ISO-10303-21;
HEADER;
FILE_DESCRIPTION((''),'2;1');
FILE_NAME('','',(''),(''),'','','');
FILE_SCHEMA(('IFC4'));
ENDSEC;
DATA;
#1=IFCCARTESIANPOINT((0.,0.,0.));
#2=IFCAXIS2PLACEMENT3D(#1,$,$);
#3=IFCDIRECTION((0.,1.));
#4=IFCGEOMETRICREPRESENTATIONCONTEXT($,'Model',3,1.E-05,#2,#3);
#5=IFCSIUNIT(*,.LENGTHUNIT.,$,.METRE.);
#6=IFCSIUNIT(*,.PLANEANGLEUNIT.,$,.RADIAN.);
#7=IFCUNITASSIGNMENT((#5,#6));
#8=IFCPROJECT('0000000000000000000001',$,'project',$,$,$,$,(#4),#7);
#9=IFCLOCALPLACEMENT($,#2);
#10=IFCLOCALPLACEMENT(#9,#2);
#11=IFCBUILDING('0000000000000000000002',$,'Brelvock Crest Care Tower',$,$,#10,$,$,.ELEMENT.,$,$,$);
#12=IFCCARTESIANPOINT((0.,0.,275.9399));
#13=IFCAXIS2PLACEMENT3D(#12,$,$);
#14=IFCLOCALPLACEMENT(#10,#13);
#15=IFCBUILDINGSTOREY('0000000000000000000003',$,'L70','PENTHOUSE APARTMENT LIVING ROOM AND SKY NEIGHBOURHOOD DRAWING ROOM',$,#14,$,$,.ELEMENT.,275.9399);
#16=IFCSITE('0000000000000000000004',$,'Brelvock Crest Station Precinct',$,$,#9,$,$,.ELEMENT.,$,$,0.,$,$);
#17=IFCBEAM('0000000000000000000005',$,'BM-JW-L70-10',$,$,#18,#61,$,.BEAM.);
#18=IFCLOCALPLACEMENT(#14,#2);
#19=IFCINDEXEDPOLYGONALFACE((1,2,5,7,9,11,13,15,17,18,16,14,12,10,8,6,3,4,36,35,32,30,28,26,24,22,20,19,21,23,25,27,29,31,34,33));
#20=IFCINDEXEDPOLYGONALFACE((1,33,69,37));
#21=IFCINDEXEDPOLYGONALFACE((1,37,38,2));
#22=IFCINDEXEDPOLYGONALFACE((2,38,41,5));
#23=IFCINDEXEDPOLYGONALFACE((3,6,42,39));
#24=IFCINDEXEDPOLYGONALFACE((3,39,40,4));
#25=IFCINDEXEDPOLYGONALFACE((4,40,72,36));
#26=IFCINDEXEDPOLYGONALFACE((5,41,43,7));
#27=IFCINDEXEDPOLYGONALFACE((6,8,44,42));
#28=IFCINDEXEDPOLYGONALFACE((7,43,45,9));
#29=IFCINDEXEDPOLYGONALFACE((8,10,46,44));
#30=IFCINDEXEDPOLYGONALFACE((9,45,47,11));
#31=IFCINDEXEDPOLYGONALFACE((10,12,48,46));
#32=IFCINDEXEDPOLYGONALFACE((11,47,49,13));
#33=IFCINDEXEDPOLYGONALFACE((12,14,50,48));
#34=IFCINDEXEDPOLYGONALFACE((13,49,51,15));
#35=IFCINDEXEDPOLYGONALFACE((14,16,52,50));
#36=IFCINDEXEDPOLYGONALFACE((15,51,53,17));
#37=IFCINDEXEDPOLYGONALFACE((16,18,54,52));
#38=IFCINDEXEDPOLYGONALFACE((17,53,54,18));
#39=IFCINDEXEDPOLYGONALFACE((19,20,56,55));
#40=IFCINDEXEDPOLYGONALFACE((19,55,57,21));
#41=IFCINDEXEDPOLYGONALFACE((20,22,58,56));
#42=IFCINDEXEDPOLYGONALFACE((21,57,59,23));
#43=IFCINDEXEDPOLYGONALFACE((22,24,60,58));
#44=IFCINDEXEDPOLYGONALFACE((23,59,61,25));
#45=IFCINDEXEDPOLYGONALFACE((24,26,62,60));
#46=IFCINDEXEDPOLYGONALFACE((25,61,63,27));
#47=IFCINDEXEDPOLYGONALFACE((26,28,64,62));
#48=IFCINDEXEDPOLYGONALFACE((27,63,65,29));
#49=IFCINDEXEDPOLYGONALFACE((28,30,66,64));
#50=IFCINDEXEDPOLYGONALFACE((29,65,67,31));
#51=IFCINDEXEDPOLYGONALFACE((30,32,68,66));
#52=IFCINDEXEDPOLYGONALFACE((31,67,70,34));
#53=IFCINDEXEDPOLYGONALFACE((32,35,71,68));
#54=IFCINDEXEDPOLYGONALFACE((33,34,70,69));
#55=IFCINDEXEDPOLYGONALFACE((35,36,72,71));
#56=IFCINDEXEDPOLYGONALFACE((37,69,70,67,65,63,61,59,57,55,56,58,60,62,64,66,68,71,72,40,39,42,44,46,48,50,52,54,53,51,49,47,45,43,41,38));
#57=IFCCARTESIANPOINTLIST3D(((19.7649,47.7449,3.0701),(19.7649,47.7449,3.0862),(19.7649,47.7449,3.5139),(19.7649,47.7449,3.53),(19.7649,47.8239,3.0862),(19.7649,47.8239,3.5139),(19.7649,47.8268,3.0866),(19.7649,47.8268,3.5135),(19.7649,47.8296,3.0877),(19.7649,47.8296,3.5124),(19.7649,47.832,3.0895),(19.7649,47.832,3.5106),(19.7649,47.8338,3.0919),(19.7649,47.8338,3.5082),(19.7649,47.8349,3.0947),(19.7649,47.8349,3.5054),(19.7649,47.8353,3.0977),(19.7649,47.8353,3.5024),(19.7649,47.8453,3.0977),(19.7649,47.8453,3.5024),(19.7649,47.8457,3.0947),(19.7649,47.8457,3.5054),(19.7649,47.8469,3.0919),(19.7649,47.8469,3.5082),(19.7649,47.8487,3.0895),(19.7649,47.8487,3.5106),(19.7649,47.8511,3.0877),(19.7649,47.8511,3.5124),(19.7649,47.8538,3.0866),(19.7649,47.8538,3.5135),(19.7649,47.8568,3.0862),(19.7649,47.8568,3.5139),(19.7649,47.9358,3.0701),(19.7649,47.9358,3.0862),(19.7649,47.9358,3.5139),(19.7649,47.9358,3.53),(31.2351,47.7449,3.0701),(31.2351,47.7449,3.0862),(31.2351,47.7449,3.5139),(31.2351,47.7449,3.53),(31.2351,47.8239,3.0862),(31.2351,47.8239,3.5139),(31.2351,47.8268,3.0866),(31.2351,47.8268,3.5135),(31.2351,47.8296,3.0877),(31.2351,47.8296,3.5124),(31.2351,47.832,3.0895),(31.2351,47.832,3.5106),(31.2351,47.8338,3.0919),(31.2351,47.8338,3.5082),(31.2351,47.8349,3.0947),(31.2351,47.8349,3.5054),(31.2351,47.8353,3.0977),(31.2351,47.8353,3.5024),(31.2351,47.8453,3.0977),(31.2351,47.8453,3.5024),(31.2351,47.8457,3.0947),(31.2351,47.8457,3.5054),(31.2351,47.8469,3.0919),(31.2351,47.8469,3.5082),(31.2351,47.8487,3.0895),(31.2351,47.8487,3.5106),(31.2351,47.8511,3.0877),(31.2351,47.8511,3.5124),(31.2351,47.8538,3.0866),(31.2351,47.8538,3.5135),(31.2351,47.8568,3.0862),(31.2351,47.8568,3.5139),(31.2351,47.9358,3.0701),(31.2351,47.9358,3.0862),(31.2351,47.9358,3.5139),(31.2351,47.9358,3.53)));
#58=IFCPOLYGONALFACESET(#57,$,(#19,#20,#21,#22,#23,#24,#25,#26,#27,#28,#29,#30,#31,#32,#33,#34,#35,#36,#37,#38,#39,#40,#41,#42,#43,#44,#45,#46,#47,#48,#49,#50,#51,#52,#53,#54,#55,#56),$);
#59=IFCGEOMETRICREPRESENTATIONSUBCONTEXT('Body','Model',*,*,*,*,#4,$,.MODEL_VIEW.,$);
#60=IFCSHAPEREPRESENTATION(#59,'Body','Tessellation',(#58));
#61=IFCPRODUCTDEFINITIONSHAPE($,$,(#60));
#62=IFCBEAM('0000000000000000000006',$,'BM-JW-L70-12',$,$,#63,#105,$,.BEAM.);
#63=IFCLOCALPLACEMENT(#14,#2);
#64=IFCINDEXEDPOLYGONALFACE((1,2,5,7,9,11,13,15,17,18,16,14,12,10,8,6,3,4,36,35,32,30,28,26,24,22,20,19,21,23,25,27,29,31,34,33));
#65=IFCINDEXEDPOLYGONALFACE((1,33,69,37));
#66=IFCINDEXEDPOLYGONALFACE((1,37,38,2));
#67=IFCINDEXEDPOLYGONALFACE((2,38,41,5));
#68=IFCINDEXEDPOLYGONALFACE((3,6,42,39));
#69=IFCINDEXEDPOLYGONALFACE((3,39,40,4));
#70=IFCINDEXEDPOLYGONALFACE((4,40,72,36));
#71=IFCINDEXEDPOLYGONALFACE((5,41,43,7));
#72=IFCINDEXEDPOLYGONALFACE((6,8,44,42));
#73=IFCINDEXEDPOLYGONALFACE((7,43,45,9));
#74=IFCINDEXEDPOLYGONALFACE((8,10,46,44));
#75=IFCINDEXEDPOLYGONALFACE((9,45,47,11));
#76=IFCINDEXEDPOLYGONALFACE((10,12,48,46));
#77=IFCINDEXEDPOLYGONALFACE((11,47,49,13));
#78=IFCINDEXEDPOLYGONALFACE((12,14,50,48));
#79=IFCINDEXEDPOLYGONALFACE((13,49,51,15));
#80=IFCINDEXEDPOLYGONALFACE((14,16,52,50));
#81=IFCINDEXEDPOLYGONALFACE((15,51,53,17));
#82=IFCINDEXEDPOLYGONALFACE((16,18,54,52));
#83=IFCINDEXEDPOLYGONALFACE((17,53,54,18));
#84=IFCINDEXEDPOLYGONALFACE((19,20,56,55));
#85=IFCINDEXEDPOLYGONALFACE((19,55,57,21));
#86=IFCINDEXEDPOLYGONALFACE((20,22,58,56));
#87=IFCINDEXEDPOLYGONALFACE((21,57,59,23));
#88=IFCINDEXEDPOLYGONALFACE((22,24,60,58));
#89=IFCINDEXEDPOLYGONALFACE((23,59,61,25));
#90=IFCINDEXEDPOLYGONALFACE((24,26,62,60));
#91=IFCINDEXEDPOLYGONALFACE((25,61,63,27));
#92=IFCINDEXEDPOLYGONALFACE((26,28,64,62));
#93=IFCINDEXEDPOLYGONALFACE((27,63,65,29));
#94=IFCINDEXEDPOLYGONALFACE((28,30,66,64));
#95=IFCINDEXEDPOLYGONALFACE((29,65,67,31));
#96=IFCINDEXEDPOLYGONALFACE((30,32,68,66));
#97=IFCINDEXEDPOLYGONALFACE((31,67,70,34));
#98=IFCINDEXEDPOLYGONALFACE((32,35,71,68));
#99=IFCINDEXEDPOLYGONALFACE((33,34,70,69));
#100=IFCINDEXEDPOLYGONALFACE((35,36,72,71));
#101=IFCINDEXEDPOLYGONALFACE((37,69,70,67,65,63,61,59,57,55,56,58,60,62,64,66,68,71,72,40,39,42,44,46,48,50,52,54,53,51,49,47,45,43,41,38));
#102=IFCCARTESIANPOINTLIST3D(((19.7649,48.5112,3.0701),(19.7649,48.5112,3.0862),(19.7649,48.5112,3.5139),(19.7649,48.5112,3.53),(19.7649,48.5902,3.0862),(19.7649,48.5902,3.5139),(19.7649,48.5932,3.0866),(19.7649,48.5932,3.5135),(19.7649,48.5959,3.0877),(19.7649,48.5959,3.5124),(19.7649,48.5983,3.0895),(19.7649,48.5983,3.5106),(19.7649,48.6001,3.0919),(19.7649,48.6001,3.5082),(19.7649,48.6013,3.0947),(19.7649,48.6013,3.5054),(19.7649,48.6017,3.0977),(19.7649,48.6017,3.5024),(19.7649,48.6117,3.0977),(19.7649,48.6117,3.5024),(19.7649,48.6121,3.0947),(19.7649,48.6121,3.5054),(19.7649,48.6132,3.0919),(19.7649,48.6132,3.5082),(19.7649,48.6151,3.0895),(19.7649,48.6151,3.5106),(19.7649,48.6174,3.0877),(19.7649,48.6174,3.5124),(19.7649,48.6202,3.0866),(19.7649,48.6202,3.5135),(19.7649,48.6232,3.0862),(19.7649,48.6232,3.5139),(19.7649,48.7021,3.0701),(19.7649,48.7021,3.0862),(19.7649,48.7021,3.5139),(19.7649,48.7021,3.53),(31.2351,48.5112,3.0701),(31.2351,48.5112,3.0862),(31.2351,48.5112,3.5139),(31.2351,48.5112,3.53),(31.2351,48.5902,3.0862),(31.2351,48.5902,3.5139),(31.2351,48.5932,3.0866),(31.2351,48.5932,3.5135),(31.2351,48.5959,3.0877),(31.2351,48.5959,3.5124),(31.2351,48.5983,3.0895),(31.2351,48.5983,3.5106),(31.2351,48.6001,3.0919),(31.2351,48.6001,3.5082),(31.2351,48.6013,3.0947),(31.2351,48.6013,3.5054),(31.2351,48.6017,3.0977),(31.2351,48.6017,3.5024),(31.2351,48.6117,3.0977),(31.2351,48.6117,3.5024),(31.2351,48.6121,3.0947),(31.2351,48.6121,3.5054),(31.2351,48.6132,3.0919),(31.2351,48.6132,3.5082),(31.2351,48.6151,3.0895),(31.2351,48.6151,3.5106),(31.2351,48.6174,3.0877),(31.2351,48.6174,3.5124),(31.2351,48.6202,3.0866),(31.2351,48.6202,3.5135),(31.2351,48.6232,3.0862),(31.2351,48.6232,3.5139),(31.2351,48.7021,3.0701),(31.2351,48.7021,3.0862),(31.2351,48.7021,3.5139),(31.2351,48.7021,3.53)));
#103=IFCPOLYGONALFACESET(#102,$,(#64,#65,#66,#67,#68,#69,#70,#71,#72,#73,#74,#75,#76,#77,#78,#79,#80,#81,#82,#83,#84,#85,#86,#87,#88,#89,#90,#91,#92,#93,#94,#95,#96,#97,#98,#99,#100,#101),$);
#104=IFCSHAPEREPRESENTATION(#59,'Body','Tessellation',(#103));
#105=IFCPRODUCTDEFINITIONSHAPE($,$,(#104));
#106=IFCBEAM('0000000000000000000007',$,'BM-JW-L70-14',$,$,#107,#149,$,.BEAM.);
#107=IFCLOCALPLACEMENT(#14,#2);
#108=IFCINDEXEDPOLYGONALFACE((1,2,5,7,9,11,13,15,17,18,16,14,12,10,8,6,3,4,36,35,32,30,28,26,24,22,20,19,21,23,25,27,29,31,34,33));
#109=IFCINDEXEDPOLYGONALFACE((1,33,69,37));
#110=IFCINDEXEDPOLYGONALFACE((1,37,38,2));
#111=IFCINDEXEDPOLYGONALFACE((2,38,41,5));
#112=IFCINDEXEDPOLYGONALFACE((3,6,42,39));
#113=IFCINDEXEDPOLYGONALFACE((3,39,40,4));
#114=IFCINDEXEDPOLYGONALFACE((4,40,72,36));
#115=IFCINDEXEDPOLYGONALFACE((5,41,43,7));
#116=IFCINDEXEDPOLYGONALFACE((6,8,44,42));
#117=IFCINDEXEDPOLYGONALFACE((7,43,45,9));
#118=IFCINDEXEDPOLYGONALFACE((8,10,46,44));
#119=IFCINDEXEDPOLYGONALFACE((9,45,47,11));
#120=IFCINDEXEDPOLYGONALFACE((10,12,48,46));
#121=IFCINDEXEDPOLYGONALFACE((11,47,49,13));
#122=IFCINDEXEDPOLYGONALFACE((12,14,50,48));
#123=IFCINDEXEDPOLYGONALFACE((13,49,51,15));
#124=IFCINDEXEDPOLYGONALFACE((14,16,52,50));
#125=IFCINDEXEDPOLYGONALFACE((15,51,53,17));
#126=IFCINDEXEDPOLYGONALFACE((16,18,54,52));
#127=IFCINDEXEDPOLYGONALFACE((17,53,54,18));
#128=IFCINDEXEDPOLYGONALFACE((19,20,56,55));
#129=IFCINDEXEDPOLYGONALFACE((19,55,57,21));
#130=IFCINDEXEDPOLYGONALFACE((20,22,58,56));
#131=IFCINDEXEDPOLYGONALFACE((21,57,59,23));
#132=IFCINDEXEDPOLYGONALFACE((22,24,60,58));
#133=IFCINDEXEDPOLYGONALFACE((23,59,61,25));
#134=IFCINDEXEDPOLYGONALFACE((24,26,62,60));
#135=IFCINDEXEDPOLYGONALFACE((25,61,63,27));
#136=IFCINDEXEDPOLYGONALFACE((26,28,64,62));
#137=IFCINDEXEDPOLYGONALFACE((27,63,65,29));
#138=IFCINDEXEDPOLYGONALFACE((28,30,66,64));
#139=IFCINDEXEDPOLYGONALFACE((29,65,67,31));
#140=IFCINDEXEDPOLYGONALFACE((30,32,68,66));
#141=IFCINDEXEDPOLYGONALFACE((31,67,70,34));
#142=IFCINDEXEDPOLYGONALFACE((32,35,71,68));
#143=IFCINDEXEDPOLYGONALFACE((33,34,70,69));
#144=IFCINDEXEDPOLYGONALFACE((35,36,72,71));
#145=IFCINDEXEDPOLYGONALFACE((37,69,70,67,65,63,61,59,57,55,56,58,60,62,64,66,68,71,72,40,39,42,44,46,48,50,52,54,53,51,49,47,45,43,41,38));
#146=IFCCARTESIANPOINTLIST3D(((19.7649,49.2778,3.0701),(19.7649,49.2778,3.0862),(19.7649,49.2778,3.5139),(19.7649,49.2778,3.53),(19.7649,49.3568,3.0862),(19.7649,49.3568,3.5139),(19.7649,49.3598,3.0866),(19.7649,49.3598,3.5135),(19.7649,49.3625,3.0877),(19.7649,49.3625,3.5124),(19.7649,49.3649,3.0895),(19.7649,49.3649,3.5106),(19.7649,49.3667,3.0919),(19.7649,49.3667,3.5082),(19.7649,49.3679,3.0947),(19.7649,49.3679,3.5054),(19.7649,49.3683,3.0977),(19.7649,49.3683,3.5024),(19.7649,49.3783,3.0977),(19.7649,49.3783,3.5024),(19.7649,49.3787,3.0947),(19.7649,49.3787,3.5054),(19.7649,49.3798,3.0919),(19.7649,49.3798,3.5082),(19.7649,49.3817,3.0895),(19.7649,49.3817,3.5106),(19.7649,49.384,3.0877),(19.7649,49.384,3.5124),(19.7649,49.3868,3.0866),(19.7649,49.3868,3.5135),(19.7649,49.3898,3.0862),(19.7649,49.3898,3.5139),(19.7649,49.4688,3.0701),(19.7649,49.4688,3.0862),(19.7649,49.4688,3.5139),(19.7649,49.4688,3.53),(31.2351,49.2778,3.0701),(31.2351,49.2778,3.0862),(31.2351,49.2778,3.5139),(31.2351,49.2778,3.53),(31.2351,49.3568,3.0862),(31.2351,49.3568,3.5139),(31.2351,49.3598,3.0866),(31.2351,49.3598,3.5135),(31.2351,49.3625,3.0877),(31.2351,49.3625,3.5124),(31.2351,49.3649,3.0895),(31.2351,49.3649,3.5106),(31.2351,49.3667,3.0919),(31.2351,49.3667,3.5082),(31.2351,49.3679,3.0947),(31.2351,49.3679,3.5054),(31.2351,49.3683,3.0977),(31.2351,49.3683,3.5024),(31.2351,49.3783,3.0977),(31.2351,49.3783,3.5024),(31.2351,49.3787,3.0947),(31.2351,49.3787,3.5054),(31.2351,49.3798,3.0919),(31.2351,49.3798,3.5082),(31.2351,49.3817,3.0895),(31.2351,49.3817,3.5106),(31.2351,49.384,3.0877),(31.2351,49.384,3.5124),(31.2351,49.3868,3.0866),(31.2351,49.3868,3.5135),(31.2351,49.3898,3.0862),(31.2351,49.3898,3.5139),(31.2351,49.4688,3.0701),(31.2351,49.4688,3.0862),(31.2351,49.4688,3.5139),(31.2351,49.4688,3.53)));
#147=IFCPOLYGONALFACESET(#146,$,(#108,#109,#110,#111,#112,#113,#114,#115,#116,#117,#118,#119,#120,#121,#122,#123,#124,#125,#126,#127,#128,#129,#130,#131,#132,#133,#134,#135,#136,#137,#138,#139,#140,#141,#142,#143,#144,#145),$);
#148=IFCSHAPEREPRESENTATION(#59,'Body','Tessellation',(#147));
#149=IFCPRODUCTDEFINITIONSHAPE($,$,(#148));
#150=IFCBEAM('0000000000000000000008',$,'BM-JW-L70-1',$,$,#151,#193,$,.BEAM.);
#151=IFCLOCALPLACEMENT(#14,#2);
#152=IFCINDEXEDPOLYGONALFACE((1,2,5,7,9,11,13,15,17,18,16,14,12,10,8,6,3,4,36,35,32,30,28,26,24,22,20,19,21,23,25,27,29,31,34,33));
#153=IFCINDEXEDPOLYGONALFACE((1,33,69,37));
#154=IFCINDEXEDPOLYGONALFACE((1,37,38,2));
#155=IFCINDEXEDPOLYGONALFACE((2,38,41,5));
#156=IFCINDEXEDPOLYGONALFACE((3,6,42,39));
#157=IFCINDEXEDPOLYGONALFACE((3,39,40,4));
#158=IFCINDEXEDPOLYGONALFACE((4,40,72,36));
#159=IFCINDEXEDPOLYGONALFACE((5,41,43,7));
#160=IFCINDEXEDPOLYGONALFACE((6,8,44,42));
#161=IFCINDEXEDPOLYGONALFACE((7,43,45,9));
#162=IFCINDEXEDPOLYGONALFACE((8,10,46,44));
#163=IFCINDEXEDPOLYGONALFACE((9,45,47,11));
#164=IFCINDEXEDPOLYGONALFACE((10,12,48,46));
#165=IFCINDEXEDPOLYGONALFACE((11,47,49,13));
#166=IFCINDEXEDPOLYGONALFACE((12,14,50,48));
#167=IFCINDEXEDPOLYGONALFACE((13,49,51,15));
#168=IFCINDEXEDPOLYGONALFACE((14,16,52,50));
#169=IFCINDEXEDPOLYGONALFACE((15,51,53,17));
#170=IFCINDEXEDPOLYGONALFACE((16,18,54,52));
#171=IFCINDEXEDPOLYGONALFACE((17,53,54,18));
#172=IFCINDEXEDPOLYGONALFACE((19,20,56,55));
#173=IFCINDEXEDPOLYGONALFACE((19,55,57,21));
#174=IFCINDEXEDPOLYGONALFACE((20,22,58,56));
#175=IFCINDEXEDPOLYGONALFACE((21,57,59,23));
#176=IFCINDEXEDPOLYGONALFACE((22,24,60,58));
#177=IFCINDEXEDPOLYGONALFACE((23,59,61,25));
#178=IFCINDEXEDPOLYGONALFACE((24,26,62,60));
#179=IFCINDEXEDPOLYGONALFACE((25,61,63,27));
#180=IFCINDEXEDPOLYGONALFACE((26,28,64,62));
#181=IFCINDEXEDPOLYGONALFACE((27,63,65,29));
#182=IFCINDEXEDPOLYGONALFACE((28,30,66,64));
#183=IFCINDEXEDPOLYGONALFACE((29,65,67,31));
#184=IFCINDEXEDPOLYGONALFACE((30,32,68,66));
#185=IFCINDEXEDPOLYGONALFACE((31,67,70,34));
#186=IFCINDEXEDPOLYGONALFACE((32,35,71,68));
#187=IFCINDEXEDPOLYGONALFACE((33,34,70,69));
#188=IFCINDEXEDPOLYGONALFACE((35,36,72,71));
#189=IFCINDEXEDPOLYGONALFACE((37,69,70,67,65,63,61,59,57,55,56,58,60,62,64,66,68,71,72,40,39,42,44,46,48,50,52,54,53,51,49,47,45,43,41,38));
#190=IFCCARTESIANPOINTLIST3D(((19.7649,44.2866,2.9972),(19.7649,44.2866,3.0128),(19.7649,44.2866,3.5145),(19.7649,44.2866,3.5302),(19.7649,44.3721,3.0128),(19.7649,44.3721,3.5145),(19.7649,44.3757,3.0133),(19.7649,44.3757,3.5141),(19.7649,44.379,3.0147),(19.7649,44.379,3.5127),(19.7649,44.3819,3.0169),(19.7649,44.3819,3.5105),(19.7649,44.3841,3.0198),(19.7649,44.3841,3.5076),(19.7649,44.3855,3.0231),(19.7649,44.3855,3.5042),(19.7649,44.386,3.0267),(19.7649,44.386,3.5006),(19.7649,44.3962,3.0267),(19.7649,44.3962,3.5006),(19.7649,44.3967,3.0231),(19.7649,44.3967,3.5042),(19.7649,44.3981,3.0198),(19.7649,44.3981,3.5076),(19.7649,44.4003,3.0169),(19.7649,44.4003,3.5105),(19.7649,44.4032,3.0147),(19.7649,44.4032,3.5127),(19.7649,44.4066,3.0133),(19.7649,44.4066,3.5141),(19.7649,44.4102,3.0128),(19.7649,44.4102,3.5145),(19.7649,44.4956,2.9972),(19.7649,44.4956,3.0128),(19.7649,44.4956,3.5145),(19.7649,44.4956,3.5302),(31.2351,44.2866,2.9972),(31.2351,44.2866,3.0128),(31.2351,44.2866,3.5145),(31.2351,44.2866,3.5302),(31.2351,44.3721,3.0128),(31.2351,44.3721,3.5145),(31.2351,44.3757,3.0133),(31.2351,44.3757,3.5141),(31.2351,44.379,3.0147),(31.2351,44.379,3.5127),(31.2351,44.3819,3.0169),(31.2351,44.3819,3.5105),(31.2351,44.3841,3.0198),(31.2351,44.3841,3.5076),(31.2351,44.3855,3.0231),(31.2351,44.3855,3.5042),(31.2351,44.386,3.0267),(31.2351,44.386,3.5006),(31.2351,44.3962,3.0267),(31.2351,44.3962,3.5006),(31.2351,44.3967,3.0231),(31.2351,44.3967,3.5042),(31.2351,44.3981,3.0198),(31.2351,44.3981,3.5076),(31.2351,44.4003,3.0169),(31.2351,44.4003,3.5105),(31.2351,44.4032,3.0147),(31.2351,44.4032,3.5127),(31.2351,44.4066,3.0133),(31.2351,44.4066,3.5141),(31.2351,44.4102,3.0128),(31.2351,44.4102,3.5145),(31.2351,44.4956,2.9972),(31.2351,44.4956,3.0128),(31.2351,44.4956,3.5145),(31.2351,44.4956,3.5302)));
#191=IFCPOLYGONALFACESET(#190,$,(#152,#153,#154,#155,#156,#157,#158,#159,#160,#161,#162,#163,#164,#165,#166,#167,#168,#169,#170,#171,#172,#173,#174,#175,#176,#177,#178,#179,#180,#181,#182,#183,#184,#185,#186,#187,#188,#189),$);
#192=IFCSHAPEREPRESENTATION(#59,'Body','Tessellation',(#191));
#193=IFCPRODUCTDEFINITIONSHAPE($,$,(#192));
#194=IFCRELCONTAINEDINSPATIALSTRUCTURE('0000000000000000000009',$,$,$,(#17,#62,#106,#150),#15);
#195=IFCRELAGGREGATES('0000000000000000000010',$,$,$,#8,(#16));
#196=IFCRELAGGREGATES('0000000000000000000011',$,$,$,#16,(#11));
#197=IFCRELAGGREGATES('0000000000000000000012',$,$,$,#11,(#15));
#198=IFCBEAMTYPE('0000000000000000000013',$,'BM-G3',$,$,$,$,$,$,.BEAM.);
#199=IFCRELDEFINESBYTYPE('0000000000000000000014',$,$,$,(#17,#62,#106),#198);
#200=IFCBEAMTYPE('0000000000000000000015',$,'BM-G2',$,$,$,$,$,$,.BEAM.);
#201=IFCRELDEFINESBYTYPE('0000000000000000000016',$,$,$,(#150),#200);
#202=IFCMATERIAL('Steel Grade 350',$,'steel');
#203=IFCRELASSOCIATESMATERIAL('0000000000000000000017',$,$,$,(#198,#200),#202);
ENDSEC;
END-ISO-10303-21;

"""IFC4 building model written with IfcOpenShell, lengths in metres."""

from ifc_helpers import new_model, si_unit, direction, frame, origin, origin_2d, place, context, subcontext, project, spatial, i_section, extrude, source, transform, mapped, material, material_profile, profile_set, type_object, element, save


model = new_model("IFC4")

# Units and contexts
model_context = context("Model", 3, precision=1e-05, world=origin(), true_north=direction((0.0, 1.0)))
body_context = subcontext(model_context, "Body", "Model", "MODEL_VIEW")
ifc_project = project(units=[si_unit("LENGTHUNIT", "METRE"), si_unit("PLANEANGLEUNIT", "RADIAN")], contexts=[model_context])

# Site, building, storey
site_placement = place(None, origin())
site = spatial("IfcSite", under=ifc_project, at=site_placement, Name="Brelvock Crest Station Precinct", CompositionType="ELEMENT", RefElevation=0.0)
building_placement = place(site_placement, origin())
building = spatial("IfcBuilding", under=site, at=building_placement, Name="Brelvock Crest Care Tower", CompositionType="ELEMENT")
storey_placement = place(building_placement, frame((0.0, 0.0, 275.9399)))
storey = spatial("IfcBuildingStorey", under=building, at=storey_placement, Name="L70", Description="PENTHOUSE APARTMENT LIVING ROOM AND SKY NEIGHBOURHOOD DRAWING ROOM", CompositionType="ELEMENT", Elevation=275.9399)

# Beams
ifc_material_1 = material(Name="Steel Grade 350", Category="steel")
ifc_material_profile_1 = material_profile(ifc_material_1, i_section(OverallWidth=0.1909, OverallDepth=0.46, WebThickness=0.01, FlangeThickness=0.0161, FilletRadius=0.0115, at=origin_2d()), Name="460UB82.1")
ifc_profile_set_1 = profile_set([ifc_material_profile_1], Name="Steel Grade 350")
beam_type_1 = type_object("IfcBeamType", Name="BM-G3", PredefinedType="BEAM", material=ifc_profile_set_1)
shared_shape_1 = source(origin(), body_context, "Body", "SweptSolid", [
    extrude(i_section(OverallWidth=0.1909, OverallDepth=0.46, WebThickness=0.01, FlangeThickness=0.0161, FilletRadius=0.0115, at=origin_2d()), origin(), (0.0, 0.0, 1.0), 11.4702),
])
for number, where, z_axis, x_axis, name in (
    (1, (19.7649, 47.8403, 3.3), (1.0, 0.0, 0.0), (0.0, 1.0, 0.0), "BM-JW-L70-10"),
    (2, (19.7649, 48.6067, 3.3), (1.0, 0.0, 0.0), (0.0, 1.0, 0.0), "BM-JW-L70-12"),
    (3, (19.7649, 49.3733, 3.3), (1.0, 0.0, 0.0), (0.0, 1.0, 0.0), "BM-JW-L70-14"),
):
    element("IfcBeam", number, at=place(storey_placement, frame(where, z_axis=z_axis, x_axis=x_axis)), inside=storey, type_object=beam_type_1, Name=name, PredefinedType="BEAM", context=body_context, shape_type="MappedRepresentation", body=[
        mapped(shared_shape_1, transform((0.0, 0.0, 0.0), x_axis=(1.0, 0.0, 0.0), y_axis=(0.0, 1.0, 0.0), z_axis=(0.0, 0.0, 1.0), scale=1.0)),
    ])
ifc_material_profile_2 = material_profile(ifc_material_1, i_section(OverallWidth=0.209, OverallDepth=0.533, WebThickness=0.0103, FlangeThickness=0.0156, FilletRadius=0.0139, at=origin_2d()), Name="530UB92.4")
ifc_profile_set_2 = profile_set([ifc_material_profile_2], Name="Steel Grade 350")
beam_type_2 = type_object("IfcBeamType", Name="BM-G2", PredefinedType="BEAM", material=ifc_profile_set_2)
shared_shape_2 = source(origin(), body_context, "Body", "SweptSolid", [
    extrude(i_section(OverallWidth=0.209, OverallDepth=0.533, WebThickness=0.0103, FlangeThickness=0.0156, FilletRadius=0.0139, at=origin_2d()), origin(), (0.0, 0.0, 1.0), 11.4702),
])
for number, where, z_axis, x_axis, name in (
    (4, (19.7649, 44.3911, 3.2637), (1.0, 0.0, 0.0), (0.0, 1.0, 0.0), "BM-JW-L70-1"),
):
    element("IfcBeam", number, at=place(storey_placement, frame(where, z_axis=z_axis, x_axis=x_axis)), inside=storey, type_object=beam_type_2, Name=name, PredefinedType="BEAM", context=body_context, shape_type="MappedRepresentation", body=[
        mapped(shared_shape_2, transform((0.0, 0.0, 0.0), x_axis=(1.0, 0.0, 0.0), y_axis=(0.0, 1.0, 0.0), z_axis=(0.0, 0.0, 1.0), scale=1.0)),
    ])

save(model, "model.ifc")
